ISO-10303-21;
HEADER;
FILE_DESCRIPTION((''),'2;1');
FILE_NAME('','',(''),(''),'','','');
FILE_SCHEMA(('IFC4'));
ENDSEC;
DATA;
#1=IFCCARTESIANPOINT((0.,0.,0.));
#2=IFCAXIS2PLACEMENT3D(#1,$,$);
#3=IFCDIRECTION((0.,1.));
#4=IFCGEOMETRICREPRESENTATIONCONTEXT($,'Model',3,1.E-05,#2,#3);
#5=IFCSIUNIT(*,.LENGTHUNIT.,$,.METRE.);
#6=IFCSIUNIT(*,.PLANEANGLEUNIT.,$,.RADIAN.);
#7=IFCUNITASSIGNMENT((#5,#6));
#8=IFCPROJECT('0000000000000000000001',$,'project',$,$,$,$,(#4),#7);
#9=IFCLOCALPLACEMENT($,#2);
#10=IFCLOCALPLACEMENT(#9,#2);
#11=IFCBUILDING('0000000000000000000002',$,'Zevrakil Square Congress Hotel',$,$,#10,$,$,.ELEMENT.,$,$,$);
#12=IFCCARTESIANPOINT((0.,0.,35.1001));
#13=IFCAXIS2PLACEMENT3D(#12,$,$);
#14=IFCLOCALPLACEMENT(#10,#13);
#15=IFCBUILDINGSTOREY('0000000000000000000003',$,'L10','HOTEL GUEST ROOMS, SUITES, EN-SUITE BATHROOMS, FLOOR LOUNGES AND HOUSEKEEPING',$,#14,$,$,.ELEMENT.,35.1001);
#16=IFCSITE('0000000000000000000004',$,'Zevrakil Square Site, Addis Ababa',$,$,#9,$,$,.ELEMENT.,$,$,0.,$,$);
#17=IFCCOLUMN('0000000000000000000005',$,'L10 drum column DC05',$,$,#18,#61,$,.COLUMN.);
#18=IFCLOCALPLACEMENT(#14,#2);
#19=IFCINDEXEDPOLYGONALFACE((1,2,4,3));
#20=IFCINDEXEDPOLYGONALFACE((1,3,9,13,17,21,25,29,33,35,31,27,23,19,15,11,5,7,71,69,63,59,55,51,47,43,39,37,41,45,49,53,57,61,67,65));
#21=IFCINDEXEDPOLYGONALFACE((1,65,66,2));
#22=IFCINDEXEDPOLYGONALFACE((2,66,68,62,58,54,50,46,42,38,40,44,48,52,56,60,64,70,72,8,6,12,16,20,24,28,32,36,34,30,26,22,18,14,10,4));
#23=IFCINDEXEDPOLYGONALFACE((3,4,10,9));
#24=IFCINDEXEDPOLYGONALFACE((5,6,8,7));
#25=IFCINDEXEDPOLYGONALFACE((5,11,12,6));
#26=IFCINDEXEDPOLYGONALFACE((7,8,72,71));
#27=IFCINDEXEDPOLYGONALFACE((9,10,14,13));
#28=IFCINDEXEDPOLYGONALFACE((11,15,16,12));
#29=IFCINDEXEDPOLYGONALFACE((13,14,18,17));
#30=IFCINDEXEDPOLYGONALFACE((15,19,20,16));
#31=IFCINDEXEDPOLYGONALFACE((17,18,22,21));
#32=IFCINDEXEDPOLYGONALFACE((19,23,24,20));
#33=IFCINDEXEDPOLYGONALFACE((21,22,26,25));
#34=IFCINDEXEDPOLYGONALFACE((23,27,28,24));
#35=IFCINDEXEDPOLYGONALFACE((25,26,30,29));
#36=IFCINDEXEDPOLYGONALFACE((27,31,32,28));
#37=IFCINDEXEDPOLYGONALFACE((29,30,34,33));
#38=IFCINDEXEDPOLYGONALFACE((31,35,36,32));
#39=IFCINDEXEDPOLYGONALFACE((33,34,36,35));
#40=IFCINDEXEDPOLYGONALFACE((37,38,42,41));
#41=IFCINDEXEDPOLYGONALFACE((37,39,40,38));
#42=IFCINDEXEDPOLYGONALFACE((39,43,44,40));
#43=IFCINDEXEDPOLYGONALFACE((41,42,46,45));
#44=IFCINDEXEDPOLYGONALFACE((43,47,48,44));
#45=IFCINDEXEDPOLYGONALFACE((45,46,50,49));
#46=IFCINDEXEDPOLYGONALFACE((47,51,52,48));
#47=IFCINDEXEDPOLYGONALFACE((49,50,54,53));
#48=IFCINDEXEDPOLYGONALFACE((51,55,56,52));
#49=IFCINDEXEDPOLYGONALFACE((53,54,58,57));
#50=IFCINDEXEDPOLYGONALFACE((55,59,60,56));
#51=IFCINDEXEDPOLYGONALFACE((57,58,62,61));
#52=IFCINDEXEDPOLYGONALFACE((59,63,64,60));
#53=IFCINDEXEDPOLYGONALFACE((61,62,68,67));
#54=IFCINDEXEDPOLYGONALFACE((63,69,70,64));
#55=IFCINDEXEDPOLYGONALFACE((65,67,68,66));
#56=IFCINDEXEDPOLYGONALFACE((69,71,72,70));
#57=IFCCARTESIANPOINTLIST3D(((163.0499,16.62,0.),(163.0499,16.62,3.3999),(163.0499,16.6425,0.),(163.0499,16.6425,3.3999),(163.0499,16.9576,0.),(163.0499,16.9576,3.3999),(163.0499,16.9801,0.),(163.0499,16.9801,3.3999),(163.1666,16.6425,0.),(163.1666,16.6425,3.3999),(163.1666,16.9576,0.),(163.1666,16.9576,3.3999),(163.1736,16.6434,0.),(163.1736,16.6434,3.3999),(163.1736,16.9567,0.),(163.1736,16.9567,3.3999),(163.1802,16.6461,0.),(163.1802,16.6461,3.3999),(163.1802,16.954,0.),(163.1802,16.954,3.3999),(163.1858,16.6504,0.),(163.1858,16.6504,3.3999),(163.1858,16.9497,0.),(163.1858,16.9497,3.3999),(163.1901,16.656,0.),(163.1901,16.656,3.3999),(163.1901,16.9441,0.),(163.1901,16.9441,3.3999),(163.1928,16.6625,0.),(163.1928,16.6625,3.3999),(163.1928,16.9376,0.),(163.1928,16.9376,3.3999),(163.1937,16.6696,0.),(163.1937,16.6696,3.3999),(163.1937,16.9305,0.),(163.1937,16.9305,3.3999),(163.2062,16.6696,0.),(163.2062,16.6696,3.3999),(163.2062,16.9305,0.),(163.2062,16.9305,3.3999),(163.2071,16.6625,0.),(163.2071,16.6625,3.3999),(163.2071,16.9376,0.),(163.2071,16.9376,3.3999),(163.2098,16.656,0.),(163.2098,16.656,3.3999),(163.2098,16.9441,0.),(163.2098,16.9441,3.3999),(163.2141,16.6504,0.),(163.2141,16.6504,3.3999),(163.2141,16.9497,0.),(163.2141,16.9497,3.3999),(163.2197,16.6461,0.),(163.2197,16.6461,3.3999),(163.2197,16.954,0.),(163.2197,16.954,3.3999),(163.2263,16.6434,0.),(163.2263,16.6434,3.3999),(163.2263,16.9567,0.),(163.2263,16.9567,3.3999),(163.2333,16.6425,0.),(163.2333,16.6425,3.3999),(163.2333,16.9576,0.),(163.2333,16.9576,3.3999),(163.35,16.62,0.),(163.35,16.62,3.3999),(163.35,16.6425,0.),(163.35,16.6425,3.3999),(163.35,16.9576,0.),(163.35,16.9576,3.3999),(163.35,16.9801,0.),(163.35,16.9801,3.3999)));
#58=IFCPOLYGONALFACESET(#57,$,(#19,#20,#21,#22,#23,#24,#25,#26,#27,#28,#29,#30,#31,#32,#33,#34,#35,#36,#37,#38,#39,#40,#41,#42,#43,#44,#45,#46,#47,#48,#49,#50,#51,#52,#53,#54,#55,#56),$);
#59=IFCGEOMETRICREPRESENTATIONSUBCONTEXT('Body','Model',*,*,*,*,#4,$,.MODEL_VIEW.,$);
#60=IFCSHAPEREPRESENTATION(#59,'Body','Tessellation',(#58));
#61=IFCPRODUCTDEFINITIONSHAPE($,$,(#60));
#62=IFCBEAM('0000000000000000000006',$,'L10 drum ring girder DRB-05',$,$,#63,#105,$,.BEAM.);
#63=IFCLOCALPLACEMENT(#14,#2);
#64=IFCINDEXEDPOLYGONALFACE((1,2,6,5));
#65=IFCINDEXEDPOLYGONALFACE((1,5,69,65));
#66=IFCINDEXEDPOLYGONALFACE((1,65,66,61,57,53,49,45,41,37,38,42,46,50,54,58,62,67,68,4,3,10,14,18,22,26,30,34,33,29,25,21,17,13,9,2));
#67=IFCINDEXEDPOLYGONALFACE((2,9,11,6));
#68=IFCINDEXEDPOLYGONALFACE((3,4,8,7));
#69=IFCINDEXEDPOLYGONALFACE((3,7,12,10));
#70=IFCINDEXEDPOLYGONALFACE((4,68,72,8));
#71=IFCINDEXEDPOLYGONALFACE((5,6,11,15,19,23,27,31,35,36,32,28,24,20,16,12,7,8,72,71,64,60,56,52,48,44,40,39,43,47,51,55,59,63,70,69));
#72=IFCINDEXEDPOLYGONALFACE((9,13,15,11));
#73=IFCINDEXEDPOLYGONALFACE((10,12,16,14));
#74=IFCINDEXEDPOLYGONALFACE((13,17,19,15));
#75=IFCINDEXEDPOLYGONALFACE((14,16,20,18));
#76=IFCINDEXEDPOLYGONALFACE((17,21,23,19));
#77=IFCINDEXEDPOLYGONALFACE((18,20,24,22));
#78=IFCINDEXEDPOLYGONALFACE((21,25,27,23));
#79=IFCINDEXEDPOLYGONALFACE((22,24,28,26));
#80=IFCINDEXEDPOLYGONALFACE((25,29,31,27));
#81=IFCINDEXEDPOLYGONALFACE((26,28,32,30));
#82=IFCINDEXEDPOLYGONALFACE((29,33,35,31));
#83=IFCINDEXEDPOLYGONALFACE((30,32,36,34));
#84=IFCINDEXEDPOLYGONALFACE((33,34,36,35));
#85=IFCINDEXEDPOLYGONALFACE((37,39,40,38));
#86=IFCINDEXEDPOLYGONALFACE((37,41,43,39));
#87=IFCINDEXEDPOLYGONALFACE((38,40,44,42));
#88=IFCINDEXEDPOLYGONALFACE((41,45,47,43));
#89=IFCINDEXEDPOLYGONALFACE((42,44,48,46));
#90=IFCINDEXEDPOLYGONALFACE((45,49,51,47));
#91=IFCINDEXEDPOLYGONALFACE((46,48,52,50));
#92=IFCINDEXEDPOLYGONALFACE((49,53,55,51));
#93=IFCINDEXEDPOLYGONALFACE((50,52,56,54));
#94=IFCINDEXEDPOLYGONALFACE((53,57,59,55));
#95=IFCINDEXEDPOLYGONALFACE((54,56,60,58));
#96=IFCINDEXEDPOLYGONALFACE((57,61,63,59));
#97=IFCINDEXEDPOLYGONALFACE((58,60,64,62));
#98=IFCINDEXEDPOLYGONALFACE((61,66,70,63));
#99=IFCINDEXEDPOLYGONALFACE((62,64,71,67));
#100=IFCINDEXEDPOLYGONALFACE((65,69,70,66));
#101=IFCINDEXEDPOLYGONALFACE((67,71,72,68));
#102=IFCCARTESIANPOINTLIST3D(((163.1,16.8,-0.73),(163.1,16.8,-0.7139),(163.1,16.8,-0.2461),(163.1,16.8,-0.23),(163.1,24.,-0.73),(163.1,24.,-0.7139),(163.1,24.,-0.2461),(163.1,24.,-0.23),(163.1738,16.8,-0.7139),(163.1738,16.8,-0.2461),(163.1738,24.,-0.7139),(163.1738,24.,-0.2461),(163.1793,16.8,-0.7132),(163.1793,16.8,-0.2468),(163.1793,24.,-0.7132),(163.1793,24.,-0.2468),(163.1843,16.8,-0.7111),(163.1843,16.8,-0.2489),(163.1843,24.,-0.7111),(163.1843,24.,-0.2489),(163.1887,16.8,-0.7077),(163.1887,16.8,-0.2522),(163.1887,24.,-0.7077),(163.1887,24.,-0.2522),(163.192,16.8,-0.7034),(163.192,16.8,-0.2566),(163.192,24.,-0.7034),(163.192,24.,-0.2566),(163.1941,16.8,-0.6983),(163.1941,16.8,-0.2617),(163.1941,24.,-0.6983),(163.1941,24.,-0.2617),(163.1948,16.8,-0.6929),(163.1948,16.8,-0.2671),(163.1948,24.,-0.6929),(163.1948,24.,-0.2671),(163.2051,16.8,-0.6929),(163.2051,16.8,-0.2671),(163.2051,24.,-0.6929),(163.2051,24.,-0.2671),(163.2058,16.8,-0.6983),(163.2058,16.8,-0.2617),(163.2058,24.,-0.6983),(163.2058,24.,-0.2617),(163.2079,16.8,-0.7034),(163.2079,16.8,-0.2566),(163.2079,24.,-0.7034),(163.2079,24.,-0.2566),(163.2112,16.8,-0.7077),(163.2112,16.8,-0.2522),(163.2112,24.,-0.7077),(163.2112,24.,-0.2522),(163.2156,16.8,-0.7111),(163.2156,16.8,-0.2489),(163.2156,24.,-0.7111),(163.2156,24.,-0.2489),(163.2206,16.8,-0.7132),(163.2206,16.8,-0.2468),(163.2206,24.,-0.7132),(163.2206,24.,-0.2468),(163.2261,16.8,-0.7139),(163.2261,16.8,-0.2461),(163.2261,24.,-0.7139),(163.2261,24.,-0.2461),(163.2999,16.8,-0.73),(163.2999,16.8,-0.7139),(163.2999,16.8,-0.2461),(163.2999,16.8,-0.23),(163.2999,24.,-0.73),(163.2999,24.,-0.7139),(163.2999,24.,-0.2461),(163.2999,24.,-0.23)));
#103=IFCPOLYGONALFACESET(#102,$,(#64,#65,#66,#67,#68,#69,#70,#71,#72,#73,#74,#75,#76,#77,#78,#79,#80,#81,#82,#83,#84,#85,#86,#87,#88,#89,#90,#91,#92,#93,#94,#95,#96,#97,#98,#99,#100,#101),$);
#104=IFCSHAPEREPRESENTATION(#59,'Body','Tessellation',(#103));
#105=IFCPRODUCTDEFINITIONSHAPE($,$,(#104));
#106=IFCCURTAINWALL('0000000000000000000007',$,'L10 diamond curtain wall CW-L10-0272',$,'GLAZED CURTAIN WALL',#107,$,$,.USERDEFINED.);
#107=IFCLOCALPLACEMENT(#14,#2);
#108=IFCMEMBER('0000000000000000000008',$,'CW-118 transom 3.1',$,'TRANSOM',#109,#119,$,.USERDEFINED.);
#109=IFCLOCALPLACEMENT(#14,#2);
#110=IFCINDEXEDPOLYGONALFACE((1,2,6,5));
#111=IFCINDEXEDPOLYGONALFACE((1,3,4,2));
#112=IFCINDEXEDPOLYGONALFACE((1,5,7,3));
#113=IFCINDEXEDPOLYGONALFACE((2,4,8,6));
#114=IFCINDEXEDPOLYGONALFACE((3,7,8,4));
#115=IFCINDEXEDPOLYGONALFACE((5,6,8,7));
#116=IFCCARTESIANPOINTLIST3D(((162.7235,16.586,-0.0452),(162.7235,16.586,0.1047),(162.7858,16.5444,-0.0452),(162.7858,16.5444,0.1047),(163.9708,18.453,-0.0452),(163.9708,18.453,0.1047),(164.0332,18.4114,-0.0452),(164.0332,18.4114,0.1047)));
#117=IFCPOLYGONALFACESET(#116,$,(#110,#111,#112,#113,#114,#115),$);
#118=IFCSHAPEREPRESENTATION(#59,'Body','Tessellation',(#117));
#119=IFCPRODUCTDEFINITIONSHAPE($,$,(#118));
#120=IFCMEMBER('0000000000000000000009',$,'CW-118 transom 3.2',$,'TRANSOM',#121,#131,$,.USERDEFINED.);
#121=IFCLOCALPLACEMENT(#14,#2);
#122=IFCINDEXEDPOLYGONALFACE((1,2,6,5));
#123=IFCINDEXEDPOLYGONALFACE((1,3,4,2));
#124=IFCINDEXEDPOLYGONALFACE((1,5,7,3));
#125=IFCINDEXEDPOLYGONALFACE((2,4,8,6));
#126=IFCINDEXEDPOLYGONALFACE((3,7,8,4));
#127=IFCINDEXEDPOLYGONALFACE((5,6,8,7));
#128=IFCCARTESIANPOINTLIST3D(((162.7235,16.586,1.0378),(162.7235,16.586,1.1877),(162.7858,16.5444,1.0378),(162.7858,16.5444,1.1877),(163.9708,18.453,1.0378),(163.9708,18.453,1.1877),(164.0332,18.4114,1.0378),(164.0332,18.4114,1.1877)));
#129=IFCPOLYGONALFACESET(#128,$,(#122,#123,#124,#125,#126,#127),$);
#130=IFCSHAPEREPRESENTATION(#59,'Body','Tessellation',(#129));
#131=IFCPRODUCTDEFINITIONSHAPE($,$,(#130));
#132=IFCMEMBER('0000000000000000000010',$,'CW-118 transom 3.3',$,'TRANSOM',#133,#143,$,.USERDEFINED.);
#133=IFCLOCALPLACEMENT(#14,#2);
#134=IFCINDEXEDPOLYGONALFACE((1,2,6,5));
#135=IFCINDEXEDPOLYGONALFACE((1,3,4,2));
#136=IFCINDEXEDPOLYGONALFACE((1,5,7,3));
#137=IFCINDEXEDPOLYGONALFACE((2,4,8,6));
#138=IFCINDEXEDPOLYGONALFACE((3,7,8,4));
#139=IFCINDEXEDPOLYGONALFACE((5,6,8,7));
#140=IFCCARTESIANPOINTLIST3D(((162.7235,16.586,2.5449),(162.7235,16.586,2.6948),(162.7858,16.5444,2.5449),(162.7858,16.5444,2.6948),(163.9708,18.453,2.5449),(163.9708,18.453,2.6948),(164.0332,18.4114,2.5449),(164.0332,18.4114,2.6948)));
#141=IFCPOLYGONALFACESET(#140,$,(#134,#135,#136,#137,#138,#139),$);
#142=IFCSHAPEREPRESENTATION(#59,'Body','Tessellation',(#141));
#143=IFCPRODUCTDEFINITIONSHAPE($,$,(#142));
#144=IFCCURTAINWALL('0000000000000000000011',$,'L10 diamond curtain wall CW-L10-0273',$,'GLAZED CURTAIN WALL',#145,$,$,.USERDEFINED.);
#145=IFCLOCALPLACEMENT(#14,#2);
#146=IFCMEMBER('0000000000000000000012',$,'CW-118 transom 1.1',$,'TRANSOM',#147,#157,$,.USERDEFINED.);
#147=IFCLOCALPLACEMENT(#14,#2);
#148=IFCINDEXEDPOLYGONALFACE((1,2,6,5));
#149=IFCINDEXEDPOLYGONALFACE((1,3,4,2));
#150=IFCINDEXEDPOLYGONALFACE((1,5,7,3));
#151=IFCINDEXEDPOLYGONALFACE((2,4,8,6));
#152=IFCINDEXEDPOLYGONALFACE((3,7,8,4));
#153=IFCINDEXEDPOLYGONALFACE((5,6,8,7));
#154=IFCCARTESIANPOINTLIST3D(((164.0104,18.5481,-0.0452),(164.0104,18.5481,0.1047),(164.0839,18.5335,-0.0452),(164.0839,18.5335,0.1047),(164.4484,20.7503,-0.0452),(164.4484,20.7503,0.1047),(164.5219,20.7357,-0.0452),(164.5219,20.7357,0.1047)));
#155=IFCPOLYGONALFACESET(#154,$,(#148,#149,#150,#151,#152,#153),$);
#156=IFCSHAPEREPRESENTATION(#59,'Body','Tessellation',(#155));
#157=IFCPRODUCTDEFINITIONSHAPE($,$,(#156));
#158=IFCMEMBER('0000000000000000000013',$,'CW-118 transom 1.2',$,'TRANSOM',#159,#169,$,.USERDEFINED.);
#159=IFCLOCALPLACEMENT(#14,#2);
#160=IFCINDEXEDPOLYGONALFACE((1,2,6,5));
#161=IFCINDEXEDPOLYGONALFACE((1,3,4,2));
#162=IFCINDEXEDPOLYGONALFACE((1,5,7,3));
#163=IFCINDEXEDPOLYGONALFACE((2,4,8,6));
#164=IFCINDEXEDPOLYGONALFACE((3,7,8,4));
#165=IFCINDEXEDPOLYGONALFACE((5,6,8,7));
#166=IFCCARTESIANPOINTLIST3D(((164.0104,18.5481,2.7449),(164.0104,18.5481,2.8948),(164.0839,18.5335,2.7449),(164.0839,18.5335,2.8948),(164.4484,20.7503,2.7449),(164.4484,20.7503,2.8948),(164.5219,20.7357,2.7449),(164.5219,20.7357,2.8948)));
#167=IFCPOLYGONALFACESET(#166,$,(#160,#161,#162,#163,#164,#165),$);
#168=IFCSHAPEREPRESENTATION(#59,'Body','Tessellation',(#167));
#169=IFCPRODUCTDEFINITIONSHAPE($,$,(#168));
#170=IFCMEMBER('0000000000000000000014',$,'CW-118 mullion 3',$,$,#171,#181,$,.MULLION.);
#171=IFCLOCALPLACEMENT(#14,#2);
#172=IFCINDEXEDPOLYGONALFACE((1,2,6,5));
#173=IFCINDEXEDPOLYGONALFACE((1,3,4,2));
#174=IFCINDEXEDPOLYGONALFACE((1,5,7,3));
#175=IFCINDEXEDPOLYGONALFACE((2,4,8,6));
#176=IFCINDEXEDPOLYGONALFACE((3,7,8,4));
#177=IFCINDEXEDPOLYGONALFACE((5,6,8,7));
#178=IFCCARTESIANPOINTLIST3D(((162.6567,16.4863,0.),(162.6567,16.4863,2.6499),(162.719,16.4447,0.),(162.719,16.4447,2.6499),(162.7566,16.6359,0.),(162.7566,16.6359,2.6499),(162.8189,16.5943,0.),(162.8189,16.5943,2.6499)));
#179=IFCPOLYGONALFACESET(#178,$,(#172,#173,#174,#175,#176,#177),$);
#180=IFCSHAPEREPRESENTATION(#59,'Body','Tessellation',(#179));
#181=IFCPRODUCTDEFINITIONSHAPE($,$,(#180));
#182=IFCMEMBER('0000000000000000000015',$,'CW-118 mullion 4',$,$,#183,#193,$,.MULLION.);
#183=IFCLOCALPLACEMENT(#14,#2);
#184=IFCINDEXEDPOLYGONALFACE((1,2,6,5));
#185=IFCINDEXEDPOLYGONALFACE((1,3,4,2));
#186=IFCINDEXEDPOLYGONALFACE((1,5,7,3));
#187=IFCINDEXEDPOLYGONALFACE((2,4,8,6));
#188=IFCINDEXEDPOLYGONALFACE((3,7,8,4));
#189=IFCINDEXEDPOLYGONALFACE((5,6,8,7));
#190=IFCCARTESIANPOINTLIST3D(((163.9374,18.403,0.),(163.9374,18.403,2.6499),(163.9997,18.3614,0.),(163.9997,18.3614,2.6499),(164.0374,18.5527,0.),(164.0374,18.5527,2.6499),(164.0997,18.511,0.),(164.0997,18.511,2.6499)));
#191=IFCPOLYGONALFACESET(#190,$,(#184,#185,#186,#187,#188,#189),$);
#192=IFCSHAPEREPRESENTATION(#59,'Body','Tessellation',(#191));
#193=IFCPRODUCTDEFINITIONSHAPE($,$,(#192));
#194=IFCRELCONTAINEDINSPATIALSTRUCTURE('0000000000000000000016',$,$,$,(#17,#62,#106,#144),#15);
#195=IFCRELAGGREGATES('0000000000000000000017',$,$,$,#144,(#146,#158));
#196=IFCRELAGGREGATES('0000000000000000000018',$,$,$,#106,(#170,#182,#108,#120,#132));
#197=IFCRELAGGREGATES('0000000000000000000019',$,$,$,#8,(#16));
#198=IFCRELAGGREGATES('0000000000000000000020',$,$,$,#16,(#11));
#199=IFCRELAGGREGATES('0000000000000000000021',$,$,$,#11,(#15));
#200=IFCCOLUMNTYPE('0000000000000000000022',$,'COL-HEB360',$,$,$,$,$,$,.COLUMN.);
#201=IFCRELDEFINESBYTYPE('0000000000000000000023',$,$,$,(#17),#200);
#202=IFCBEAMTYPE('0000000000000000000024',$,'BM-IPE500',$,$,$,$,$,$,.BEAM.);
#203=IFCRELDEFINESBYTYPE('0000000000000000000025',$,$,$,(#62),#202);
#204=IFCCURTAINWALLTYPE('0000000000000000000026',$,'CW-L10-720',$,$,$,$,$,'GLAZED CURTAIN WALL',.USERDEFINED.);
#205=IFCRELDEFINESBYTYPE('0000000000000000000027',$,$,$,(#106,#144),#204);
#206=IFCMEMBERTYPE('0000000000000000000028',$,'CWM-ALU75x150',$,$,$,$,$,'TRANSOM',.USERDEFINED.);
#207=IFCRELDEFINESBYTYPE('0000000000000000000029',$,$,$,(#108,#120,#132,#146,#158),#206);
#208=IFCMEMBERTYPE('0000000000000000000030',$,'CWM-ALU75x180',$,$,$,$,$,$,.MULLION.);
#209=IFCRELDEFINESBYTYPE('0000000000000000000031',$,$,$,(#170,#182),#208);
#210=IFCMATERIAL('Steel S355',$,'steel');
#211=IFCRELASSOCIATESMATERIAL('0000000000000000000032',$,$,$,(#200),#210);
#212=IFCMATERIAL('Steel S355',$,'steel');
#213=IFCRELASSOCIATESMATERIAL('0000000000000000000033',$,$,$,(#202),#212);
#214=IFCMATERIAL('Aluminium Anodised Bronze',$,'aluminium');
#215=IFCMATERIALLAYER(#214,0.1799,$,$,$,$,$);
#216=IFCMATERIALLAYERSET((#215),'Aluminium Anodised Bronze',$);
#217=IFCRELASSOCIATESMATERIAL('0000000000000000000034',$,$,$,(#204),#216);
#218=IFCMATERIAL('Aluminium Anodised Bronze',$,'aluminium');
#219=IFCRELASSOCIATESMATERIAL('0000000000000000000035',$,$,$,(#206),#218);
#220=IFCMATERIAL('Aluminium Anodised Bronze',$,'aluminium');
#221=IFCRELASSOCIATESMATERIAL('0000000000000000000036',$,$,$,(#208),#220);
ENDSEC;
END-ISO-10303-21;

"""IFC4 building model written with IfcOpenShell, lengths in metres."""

from ifc_helpers import new_model, si_unit, direction, frame, origin, origin_2d, place, context, subcontext, project, spatial, rectangle, i_section, extrude, material, layer, layer_set, material_profile, profile_set, type_object, element, aggregate, save


model = new_model("IFC4")

# Units and contexts
model_context = context("Model", 3, precision=1e-05, world=origin(), true_north=direction((0.0, 1.0)))
body_context = subcontext(model_context, "Body", "Model", "MODEL_VIEW")
ifc_project = project(units=[si_unit("LENGTHUNIT", "METRE"), si_unit("PLANEANGLEUNIT", "RADIAN")], contexts=[model_context])

# Site, building, storey
site_placement = place(None, origin())
site = spatial("IfcSite", under=ifc_project, at=site_placement, Name="Zevrakil Square Site, Addis Ababa", CompositionType="ELEMENT", RefElevation=0.0)
building_placement = place(site_placement, origin())
building = spatial("IfcBuilding", under=site, at=building_placement, Name="Zevrakil Square Congress Hotel", CompositionType="ELEMENT")
storey_placement = place(building_placement, frame((0.0, 0.0, 35.1001)))
storey = spatial("IfcBuildingStorey", under=building, at=storey_placement, Name="L10", Description="HOTEL GUEST ROOMS, SUITES, EN-SUITE BATHROOMS, FLOOR LOUNGES AND HOUSEKEEPING", CompositionType="ELEMENT", Elevation=35.1001)

# Column
ifc_material_1 = material(Name="Steel S355", Category="steel")
ifc_material_profile_1 = material_profile(ifc_material_1, i_section(OverallWidth=0.3, OverallDepth=0.3601, WebThickness=0.0125, FlangeThickness=0.0225, FilletRadius=0.0271, at=origin_2d()), Name="HEB 360")
ifc_profile_set_1 = profile_set([ifc_material_profile_1], Name="Steel S355")
column_type = type_object("IfcColumnType", Name="COL-HEB360", PredefinedType="COLUMN", material=ifc_profile_set_1)
column_placement = place(storey_placement, frame((163.2, 16.8, 0.0), z_axis=(0.0, 0.0, 1.0), x_axis=(1.0, 0.0, 0.0)))
element("IfcColumn", 1, at=column_placement, inside=storey, type_object=column_type, Name="L10 drum column DC05", PredefinedType="COLUMN", context=body_context, shape_type="SweptSolid", body=[
    extrude(i_section(OverallWidth=0.3, OverallDepth=0.3601, WebThickness=0.0125, FlangeThickness=0.0225, FilletRadius=0.0271, at=origin_2d()), origin(), (0.0, 0.0, 1.0), 3.3999),
])

# Beam
ifc_material_2 = material(Name="Steel S355", Category="steel")
ifc_material_profile_2 = material_profile(ifc_material_2, i_section(OverallWidth=0.2, OverallDepth=0.5, WebThickness=0.0103, FlangeThickness=0.0161, FilletRadius=0.021, at=origin_2d()), Name="IPE 500")
ifc_profile_set_2 = profile_set([ifc_material_profile_2], Name="Steel S355")
beam_type_1 = type_object("IfcBeamType", Name="BM-IPE500", PredefinedType="BEAM", material=ifc_profile_set_2)
beam_1_placement = place(storey_placement, frame((163.2, 16.8, -0.48), z_axis=(0.0, 1.0, 0.0), x_axis=(-1.0, 0.0, 0.0)))
element("IfcBeam", 2, at=beam_1_placement, inside=storey, type_object=beam_type_1, Name="L10 drum ring girder DRB-05", PredefinedType="BEAM", context=body_context, shape_type="SweptSolid", body=[
    extrude(i_section(OverallWidth=0.2, OverallDepth=0.5, WebThickness=0.0103, FlangeThickness=0.0161, FilletRadius=0.021, at=origin_2d()), origin(), (0.0, 0.0, 1.0), 7.2),
])

# Curtain walls, members
ifc_material_3 = material(Name="Aluminium Anodised Bronze", Category="aluminium")
ifc_layer_1 = layer(ifc_material_3, 0.1799)
ifc_layer_set_1 = layer_set([ifc_layer_1], Name="Aluminium Anodised Bronze")
curtain_wall_type = type_object("IfcCurtainWallType", Name="CW-L10-720", ElementType="GLAZED CURTAIN WALL", PredefinedType="USERDEFINED", material=ifc_layer_set_1)
curtain_wall_1_placement = place(storey_placement, origin())
curtain_wall_1 = element("IfcCurtainWall", 3, at=curtain_wall_1_placement, inside=storey, type_object=curtain_wall_type, Name="L10 diamond curtain wall CW-L10-0272", ObjectType="GLAZED CURTAIN WALL", PredefinedType="USERDEFINED")
ifc_material_4 = material(Name="Aluminium Anodised Bronze", Category="aluminium")
ifc_material_profile_3 = material_profile(ifc_material_4, rectangle(XDim=0.075, YDim=0.1499, at=origin_2d()), Name="ALU 75x150")
ifc_profile_set_3 = profile_set([ifc_material_profile_3], Name="Aluminium Anodised Bronze")
member_type_1 = type_object("IfcMemberType", Name="CWM-ALU75x150", ElementType="TRANSOM", PredefinedType="USERDEFINED", material=ifc_profile_set_3)
member_1_placement = place(storey_placement, frame((162.7546, 16.5652, 0.0298), z_axis=(0.555528, 0.831498, 0.0), x_axis=(-0.831498, 0.555528, 0.0)))
member_1 = element("IfcMember", 4, at=member_1_placement, type_object=member_type_1, Name="CW-118 transom 3.1", ObjectType="TRANSOM", PredefinedType="USERDEFINED", context=body_context, shape_type="SweptSolid", body=[
    extrude(rectangle(XDim=0.075, YDim=0.1499, at=origin_2d()), origin(), (0.0, 0.0, 1.0), 2.2454),
])
member_2_placement = place(storey_placement, frame((162.7546, 16.5652, 1.1128), z_axis=(0.555528, 0.831498, 0.0), x_axis=(-0.831498, 0.555528, 0.0)))
member_2 = element("IfcMember", 5, at=member_2_placement, type_object=member_type_1, Name="CW-118 transom 3.2", ObjectType="TRANSOM", PredefinedType="USERDEFINED", context=body_context, shape_type="SweptSolid", body=[
    extrude(rectangle(XDim=0.075, YDim=0.1499, at=origin_2d()), origin(), (0.0, 0.0, 1.0), 2.2454),
])
member_3_placement = place(storey_placement, frame((162.7546, 16.5652, 2.6199), z_axis=(0.555528, 0.831498, 0.0), x_axis=(-0.831498, 0.555528, 0.0)))
member_3 = element("IfcMember", 6, at=member_3_placement, type_object=member_type_1, Name="CW-118 transom 3.3", ObjectType="TRANSOM", PredefinedType="USERDEFINED", context=body_context, shape_type="SweptSolid", body=[
    extrude(rectangle(XDim=0.075, YDim=0.1499, at=origin_2d()), origin(), (0.0, 0.0, 1.0), 2.2454),
])
curtain_wall_2_placement = place(storey_placement, origin())
curtain_wall_2 = element("IfcCurtainWall", 7, at=curtain_wall_2_placement, inside=storey, type_object=curtain_wall_type, Name="L10 diamond curtain wall CW-L10-0273", ObjectType="GLAZED CURTAIN WALL", PredefinedType="USERDEFINED")
member_4_placement = place(storey_placement, frame((164.0471, 18.5408, 0.0298), z_axis=(0.19507, 0.980789, 0.0), x_axis=(-0.980789, 0.19507, 0.0)))
member_4 = element("IfcMember", 8, at=member_4_placement, type_object=member_type_1, Name="CW-118 transom 1.1", ObjectType="TRANSOM", PredefinedType="USERDEFINED", context=body_context, shape_type="SweptSolid", body=[
    extrude(rectangle(XDim=0.075, YDim=0.1499, at=origin_2d()), origin(), (0.0, 0.0, 1.0), 2.2454),
])
member_5_placement = place(storey_placement, frame((164.0471, 18.5408, 2.8198), z_axis=(0.19507, 0.980789, 0.0), x_axis=(-0.980789, 0.19507, 0.0)))
member_5 = element("IfcMember", 9, at=member_5_placement, type_object=member_type_1, Name="CW-118 transom 1.2", ObjectType="TRANSOM", PredefinedType="USERDEFINED", context=body_context, shape_type="SweptSolid", body=[
    extrude(rectangle(XDim=0.075, YDim=0.1499, at=origin_2d()), origin(), (0.0, 0.0, 1.0), 2.2454),
])

# Members
ifc_material_5 = material(Name="Aluminium Anodised Bronze", Category="aluminium")
ifc_material_profile_4 = material_profile(ifc_material_5, rectangle(XDim=0.075, YDim=0.1799, at=origin_2d()), Name="ALU 75x180")
ifc_profile_set_4 = profile_set([ifc_material_profile_4], Name="Aluminium Anodised Bronze")
member_type_2 = type_object("IfcMemberType", Name="CWM-ALU75x180", PredefinedType="MULLION", material=ifc_profile_set_4)
member_6_placement = place(storey_placement, frame((162.7378, 16.5403, 0.0), z_axis=(0.0, 0.0, 1.0), x_axis=(-0.831466, 0.555576, 0.0)))
member_6 = element("IfcMember", 10, at=member_6_placement, type_object=member_type_2, Name="CW-118 mullion 3", PredefinedType="MULLION", context=body_context, shape_type="SweptSolid", body=[
    extrude(rectangle(XDim=0.075, YDim=0.1799, at=origin_2d()), origin(), (0.0, 0.0, 1.0), 2.6499),
])
member_7_placement = place(storey_placement, frame((164.0186, 18.457, 0.0), z_axis=(0.0, 0.0, 1.0), x_axis=(-0.831466, 0.555576, 0.0)))
member_7 = element("IfcMember", 11, at=member_7_placement, type_object=member_type_2, Name="CW-118 mullion 4", PredefinedType="MULLION", context=body_context, shape_type="SweptSolid", body=[
    extrude(rectangle(XDim=0.075, YDim=0.1799, at=origin_2d()), origin(), (0.0, 0.0, 1.0), 2.6499),
])
aggregate(curtain_wall_2, [member_4, member_5])

aggregate(curtain_wall_1, [member_6, member_7, member_1, member_2, member_3])

save(model, "model.ifc")
